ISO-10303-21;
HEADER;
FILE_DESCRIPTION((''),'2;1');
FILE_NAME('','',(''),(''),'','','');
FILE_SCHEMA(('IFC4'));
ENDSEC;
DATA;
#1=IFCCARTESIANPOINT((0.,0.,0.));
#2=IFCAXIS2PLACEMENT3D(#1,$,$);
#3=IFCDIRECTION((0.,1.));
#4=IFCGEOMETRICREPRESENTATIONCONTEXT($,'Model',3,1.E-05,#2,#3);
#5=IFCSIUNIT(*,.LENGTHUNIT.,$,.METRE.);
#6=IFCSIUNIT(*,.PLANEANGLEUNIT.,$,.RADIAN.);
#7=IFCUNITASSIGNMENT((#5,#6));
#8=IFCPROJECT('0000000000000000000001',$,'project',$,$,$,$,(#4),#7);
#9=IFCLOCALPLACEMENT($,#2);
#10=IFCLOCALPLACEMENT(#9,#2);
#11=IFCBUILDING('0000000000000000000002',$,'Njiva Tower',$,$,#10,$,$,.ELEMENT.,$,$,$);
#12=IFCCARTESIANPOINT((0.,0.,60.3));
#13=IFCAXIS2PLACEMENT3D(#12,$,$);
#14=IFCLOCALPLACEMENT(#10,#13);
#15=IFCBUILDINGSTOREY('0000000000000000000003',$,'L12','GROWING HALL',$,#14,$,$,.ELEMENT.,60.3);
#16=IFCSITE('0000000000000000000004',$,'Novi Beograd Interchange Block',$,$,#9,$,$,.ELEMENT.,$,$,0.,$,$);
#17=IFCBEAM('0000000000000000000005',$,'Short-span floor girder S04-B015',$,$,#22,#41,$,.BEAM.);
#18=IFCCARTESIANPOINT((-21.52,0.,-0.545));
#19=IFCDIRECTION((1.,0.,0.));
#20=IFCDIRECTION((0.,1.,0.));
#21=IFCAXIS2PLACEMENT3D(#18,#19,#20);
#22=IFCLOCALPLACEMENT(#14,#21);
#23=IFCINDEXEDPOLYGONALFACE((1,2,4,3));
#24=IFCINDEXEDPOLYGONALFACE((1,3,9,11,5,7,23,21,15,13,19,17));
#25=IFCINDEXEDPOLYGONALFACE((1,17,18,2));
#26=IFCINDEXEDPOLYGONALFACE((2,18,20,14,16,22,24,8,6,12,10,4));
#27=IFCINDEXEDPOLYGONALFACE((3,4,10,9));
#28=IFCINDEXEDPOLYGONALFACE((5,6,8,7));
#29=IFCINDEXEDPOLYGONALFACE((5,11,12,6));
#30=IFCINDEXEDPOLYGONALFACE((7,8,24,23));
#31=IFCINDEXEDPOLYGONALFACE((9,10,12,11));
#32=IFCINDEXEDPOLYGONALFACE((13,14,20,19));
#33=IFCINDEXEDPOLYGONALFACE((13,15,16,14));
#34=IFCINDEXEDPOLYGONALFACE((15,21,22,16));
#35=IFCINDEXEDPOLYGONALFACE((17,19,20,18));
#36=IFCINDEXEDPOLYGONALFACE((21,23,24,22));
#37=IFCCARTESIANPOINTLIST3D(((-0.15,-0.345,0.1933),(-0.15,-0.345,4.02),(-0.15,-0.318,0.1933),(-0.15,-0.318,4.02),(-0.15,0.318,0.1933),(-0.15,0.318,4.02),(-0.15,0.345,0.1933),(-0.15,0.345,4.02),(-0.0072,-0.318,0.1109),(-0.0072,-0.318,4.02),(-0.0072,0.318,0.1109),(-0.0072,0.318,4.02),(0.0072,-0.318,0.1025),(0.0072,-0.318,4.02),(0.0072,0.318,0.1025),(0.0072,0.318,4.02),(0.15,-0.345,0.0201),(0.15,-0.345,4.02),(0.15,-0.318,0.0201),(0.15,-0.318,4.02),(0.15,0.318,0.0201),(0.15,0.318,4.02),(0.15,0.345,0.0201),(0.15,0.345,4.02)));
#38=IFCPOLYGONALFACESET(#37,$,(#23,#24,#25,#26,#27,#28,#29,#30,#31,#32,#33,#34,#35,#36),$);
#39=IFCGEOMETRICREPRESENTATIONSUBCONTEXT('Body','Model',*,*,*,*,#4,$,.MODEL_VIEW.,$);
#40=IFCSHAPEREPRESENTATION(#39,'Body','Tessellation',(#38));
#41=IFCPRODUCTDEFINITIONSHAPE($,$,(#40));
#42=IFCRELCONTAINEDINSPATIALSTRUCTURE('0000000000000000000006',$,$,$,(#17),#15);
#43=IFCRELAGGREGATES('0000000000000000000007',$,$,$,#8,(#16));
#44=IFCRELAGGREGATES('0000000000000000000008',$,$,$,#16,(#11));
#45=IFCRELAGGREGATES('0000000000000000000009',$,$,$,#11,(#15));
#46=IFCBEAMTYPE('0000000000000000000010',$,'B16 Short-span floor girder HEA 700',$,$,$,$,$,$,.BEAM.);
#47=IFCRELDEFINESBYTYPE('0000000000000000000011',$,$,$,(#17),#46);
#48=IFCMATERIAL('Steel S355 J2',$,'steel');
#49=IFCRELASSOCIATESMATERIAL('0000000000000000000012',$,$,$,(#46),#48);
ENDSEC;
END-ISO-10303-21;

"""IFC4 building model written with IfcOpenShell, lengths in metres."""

from ifc_helpers import new_model, si_unit, direction, frame, origin, origin_2d, place, context, subcontext, project, spatial, i_section, extrude, clip, halfspace, material, material_profile, profile_set, type_object, element, save


model = new_model("IFC4")

# Units and contexts
model_context = context("Model", 3, precision=1e-05, world=origin(), true_north=direction((0.0, 1.0)))
body_context = subcontext(model_context, "Body", "Model", "MODEL_VIEW")
ifc_project = project(units=[si_unit("LENGTHUNIT", "METRE"), si_unit("PLANEANGLEUNIT", "RADIAN")], contexts=[model_context])

# Site, building, storey
site_placement = place(None, origin())
site = spatial("IfcSite", under=ifc_project, at=site_placement, Name="Novi Beograd Interchange Block", CompositionType="ELEMENT", RefElevation=0.0)
building_placement = place(site_placement, origin())
building = spatial("IfcBuilding", under=site, at=building_placement, Name="Njiva Tower", CompositionType="ELEMENT")
storey_placement = place(building_placement, frame((0.0, 0.0, 60.3)))
storey = spatial("IfcBuildingStorey", under=building, at=storey_placement, Name="L12", Description="GROWING HALL", CompositionType="ELEMENT", Elevation=60.3)

# Shared definitions
ifc_material_1 = material(Name="Steel S355 J2", Category="steel")

# Beam
ifc_material_profile_1 = material_profile(ifc_material_1, i_section(OverallWidth=0.3, OverallDepth=0.69, WebThickness=0.0145, FlangeThickness=0.027, at=origin_2d()), Name="HEA 700")
ifc_profile_set_1 = profile_set([ifc_material_profile_1], Name="Steel S355 J2")
beam_type_1 = type_object("IfcBeamType", Name="B16 Short-span floor girder HEA 700", PredefinedType="BEAM", material=ifc_profile_set_1)
beam_1_placement = place(storey_placement, frame((-21.52, 0.0, -0.545), z_axis=(1.0, 0.0, 0.0), x_axis=(0.0, 1.0, 0.0)))
element("IfcBeam", 1, at=beam_1_placement, inside=storey, type_object=beam_type_1, Name="Short-span floor girder S04-B015", PredefinedType="BEAM", context=body_context, shape_type="Clipping", body=[
    clip(extrude(i_section(OverallWidth=0.3, OverallDepth=0.69, WebThickness=0.0145, FlangeThickness=0.027, at=origin_2d()), origin(), (0.0, 0.0, 1.0), 4.02), halfspace(frame((-0.025, 0.0, 0.1211), z_axis=(-0.499998, 0.0, -0.866027), x_axis=(0.0, -1.0, 0.0)), False)),
])

save(model, "model.ifc")
